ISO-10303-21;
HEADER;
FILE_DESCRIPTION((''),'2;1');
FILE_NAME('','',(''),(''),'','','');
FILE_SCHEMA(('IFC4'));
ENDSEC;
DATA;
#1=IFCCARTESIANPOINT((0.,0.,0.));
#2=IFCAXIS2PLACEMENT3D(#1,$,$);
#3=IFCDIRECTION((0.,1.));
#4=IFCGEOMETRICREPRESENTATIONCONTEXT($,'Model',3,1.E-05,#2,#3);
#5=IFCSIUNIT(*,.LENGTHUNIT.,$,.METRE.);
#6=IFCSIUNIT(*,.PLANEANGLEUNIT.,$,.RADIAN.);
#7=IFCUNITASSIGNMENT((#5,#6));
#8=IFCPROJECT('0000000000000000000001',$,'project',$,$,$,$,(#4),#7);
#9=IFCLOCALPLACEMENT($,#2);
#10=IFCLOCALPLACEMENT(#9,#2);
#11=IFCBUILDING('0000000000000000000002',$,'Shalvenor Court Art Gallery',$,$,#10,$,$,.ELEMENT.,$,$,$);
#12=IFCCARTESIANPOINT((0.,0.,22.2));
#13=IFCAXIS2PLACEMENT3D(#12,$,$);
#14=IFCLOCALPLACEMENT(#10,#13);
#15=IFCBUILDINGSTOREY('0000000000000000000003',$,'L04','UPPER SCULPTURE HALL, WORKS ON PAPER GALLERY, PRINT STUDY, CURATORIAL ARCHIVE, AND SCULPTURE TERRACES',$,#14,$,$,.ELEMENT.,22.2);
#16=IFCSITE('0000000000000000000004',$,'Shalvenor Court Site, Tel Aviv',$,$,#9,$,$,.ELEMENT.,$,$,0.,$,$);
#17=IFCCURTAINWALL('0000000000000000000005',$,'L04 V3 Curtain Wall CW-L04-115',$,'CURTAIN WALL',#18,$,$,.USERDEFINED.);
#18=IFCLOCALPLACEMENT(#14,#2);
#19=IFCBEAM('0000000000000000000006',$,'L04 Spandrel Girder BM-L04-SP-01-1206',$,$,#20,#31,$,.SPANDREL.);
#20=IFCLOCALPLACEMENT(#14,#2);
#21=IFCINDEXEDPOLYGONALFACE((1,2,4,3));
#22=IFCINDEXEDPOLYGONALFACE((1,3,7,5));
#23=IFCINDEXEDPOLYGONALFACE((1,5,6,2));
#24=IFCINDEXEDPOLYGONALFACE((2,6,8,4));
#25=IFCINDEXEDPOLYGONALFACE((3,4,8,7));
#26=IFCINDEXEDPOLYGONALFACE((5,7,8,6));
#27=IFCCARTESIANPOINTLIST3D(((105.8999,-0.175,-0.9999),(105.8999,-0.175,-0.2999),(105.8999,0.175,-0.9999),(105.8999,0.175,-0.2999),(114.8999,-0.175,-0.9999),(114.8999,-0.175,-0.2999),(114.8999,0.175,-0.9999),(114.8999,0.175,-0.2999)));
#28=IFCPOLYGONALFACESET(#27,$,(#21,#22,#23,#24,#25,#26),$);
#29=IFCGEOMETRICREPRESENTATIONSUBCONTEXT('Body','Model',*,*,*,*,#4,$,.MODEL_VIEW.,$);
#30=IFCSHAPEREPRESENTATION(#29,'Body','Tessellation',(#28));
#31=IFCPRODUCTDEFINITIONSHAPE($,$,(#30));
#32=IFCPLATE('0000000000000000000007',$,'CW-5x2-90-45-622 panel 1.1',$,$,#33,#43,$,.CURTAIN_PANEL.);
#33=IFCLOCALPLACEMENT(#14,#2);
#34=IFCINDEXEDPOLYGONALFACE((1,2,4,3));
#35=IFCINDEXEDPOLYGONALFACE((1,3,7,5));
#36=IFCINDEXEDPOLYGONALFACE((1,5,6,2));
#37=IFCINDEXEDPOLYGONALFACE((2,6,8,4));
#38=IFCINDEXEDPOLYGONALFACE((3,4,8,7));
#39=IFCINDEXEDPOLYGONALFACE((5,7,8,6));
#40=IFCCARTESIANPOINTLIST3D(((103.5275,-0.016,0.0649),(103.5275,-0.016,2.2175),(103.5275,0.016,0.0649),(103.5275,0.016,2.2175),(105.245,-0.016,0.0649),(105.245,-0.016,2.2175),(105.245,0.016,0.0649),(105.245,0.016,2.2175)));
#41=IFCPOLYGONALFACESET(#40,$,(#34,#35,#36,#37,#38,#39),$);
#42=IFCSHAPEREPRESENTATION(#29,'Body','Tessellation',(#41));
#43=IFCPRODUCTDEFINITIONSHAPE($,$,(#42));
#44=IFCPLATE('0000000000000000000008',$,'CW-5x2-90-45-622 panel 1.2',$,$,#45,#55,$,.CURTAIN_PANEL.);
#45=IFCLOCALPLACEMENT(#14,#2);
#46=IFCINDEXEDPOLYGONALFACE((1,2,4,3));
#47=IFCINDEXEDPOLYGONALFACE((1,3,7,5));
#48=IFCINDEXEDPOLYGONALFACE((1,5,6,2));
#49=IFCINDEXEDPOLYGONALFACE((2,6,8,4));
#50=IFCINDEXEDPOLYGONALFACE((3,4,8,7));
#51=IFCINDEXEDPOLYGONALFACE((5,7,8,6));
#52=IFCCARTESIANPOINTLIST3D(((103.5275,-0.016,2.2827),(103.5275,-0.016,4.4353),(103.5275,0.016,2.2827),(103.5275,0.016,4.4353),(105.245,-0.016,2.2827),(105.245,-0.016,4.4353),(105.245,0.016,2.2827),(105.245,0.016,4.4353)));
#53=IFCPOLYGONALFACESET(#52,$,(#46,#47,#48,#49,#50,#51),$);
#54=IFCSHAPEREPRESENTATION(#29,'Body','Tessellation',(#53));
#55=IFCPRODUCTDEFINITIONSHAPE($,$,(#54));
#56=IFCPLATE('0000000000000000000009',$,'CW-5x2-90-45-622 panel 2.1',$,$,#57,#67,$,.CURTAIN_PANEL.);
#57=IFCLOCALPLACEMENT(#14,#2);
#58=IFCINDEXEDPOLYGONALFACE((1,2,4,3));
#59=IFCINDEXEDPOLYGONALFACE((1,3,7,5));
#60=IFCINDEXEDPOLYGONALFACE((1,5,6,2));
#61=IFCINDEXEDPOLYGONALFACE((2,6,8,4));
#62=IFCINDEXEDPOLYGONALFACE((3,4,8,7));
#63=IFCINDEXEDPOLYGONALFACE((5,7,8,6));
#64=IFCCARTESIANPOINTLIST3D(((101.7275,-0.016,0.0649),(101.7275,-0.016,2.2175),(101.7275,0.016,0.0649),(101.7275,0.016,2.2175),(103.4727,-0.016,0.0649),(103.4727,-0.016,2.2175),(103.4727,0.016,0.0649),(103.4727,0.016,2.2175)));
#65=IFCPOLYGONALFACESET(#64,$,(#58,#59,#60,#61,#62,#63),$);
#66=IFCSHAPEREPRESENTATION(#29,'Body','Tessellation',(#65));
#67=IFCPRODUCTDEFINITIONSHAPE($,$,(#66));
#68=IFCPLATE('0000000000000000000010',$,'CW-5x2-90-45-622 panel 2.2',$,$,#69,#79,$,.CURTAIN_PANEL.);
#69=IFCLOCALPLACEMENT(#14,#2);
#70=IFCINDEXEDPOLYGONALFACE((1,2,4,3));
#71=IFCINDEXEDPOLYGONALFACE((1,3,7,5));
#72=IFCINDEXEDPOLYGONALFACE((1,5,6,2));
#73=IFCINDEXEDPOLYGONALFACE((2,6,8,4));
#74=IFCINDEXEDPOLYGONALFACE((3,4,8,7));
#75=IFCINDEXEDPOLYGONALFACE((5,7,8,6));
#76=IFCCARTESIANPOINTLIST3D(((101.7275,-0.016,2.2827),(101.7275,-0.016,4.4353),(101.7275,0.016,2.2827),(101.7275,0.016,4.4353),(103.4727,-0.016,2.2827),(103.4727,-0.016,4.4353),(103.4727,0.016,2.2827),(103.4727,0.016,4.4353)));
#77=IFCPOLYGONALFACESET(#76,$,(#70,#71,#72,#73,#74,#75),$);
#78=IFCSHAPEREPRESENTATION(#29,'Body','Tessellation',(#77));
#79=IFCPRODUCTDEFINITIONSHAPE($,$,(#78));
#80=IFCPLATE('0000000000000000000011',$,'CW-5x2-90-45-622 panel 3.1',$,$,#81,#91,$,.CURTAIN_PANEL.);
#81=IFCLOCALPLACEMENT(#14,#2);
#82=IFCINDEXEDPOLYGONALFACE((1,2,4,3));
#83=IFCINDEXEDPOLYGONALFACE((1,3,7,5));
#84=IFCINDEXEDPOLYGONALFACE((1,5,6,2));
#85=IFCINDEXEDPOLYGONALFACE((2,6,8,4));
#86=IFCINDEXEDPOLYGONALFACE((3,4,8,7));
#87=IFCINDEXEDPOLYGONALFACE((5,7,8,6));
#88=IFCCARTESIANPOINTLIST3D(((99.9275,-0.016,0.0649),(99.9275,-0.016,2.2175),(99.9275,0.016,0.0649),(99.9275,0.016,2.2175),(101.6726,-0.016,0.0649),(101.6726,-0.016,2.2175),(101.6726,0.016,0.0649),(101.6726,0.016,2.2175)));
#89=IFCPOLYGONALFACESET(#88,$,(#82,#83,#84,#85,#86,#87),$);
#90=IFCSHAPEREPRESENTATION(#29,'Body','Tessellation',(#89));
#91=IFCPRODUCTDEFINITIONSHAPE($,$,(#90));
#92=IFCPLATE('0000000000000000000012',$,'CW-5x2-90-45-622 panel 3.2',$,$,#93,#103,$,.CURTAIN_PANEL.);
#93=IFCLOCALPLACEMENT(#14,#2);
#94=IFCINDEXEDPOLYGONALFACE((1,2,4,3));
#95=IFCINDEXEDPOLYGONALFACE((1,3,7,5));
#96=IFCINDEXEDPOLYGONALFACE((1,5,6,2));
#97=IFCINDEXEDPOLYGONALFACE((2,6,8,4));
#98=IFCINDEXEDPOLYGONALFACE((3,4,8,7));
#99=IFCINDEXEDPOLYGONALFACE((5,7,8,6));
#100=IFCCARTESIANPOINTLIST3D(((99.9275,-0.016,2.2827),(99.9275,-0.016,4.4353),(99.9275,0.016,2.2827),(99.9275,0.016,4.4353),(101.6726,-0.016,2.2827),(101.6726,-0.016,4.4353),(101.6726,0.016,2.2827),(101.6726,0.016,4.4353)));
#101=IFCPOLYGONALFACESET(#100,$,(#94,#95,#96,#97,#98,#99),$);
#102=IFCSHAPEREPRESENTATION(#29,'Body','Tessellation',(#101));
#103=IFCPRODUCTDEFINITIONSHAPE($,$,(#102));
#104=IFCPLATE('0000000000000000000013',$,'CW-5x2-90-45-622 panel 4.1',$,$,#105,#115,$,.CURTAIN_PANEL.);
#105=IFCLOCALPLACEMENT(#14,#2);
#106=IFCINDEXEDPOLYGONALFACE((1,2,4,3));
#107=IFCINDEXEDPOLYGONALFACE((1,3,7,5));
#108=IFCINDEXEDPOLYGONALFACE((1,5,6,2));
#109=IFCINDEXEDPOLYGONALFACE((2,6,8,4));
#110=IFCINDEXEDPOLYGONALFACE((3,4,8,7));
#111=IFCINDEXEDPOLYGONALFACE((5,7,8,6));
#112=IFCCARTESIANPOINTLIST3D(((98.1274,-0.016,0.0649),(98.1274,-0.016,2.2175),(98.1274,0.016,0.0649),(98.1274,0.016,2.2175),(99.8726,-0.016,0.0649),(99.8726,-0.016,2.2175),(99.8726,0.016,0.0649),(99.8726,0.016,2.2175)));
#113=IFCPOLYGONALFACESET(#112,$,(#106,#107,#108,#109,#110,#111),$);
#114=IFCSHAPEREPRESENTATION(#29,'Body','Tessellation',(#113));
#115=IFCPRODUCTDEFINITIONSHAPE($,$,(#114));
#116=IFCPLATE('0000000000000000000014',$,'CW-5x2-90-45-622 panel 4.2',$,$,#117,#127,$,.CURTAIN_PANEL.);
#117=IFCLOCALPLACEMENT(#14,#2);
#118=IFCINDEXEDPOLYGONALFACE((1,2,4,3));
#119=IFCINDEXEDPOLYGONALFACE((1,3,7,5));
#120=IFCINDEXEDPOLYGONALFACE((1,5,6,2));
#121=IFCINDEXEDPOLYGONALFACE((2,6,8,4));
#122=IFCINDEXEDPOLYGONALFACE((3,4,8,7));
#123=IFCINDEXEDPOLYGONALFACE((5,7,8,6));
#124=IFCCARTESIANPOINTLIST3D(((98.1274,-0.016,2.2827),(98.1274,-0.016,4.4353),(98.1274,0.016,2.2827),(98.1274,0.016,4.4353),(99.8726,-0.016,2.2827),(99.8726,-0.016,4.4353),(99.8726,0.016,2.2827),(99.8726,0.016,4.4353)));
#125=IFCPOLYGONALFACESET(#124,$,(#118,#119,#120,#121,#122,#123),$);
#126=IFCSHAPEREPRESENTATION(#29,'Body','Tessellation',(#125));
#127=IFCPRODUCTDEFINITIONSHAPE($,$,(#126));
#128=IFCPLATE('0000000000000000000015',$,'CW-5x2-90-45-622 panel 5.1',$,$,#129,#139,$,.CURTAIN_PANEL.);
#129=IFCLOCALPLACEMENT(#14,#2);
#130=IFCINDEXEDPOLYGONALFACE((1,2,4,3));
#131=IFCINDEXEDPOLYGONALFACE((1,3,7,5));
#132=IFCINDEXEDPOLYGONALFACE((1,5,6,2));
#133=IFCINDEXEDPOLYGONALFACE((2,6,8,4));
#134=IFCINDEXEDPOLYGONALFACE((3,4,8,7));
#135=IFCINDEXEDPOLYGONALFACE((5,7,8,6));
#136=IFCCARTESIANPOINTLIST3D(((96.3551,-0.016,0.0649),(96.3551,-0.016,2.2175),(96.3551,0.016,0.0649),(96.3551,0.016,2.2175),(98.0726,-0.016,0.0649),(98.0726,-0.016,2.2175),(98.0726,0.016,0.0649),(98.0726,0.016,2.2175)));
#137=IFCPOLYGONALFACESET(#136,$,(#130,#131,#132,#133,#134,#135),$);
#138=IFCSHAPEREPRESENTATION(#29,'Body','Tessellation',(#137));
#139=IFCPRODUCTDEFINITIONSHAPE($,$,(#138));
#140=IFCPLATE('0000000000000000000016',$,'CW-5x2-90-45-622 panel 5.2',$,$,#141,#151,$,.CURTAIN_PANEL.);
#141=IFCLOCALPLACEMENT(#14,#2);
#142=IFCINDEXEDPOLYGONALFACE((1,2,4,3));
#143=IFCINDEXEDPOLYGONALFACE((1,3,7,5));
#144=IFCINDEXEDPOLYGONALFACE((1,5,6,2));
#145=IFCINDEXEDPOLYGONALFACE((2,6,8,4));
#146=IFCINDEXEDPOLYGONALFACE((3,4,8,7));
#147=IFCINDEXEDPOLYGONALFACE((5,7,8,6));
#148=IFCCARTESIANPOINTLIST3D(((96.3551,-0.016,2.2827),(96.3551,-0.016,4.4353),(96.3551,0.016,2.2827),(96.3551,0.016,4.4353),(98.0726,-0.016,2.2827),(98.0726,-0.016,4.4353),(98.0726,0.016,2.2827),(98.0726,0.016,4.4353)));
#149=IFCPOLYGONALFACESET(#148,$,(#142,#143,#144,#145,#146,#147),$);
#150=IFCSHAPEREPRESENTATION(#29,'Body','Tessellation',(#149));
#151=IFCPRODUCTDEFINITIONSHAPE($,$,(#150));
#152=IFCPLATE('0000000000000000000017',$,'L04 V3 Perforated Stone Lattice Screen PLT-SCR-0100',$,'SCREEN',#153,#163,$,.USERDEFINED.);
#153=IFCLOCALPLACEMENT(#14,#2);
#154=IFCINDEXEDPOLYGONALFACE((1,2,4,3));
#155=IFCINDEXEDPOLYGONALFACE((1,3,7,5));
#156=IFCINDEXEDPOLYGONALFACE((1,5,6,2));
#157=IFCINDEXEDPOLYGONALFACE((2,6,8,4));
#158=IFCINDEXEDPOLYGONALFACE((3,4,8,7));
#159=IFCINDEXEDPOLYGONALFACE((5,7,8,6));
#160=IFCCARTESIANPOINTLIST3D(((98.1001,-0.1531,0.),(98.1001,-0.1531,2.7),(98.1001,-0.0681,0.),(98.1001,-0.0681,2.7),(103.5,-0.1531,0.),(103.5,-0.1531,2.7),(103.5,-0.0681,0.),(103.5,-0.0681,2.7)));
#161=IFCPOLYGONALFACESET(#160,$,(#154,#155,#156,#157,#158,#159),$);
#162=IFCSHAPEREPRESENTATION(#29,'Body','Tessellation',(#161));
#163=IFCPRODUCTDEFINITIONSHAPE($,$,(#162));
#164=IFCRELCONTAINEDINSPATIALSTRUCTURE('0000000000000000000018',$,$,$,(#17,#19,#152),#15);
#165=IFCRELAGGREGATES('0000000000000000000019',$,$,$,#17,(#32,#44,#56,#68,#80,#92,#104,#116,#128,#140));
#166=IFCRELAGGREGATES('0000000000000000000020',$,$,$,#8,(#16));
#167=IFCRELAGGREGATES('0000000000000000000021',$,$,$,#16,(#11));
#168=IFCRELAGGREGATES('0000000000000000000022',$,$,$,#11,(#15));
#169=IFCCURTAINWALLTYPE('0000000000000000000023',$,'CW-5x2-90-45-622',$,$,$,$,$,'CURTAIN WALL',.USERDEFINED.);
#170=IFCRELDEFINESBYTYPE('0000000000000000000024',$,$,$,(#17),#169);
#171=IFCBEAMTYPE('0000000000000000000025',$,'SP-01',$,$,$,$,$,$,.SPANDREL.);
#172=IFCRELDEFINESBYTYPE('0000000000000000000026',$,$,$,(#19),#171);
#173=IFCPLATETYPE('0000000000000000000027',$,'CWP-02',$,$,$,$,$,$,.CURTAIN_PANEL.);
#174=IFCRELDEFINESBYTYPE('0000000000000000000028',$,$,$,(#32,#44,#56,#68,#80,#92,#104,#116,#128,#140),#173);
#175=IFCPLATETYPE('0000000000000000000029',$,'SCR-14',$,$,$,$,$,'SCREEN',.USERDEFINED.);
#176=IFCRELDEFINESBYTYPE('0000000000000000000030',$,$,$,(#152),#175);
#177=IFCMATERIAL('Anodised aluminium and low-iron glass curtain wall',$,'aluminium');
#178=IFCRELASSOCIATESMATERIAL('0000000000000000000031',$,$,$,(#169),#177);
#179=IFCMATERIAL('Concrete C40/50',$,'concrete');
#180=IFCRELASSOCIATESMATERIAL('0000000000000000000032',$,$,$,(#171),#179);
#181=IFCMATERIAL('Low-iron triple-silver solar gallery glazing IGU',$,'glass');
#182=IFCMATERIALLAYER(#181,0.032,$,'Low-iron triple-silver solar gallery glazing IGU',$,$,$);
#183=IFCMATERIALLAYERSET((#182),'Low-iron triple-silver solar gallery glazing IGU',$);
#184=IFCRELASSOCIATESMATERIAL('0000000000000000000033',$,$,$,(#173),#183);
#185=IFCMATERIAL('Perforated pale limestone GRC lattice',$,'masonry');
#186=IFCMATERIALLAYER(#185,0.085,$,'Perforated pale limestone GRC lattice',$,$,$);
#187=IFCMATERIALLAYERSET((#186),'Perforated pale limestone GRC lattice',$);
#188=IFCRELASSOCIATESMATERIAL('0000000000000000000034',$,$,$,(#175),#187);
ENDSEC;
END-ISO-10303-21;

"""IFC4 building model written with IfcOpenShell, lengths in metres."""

from ifc_helpers import new_model, si_unit, direction, frame, origin, origin_2d, place, context, subcontext, project, spatial, rectangle, extrude, material, layer, layer_set, material_profile, profile_set, type_object, element, aggregate, save


model = new_model("IFC4")

# Units and contexts
model_context = context("Model", 3, precision=1e-05, world=origin(), true_north=direction((0.0, 1.0)))
body_context = subcontext(model_context, "Body", "Model", "MODEL_VIEW")
ifc_project = project(units=[si_unit("LENGTHUNIT", "METRE"), si_unit("PLANEANGLEUNIT", "RADIAN")], contexts=[model_context])

# Site, building, storey
site_placement = place(None, origin())
site = spatial("IfcSite", under=ifc_project, at=site_placement, Name="Shalvenor Court Site, Tel Aviv", CompositionType="ELEMENT", RefElevation=0.0)
building_placement = place(site_placement, origin())
building = spatial("IfcBuilding", under=site, at=building_placement, Name="Shalvenor Court Art Gallery", CompositionType="ELEMENT")
storey_placement = place(building_placement, frame((0.0, 0.0, 22.2)))
storey = spatial("IfcBuildingStorey", under=building, at=storey_placement, Name="L04", Description="UPPER SCULPTURE HALL, WORKS ON PAPER GALLERY, PRINT STUDY, CURATORIAL ARCHIVE, AND SCULPTURE TERRACES", CompositionType="ELEMENT", Elevation=22.2)

# Curtain wall
ifc_material_1 = material(Name="Anodised aluminium and low-iron glass curtain wall", Category="aluminium")
curtain_wall_type = type_object("IfcCurtainWallType", Name="CW-5x2-90-45-622", ElementType="CURTAIN WALL", PredefinedType="USERDEFINED", material=ifc_material_1)
curtain_wall_placement = place(storey_placement, origin())
curtain_wall = element("IfcCurtainWall", 1, at=curtain_wall_placement, inside=storey, type_object=curtain_wall_type, Name="L04 V3 Curtain Wall CW-L04-115", ObjectType="CURTAIN WALL", PredefinedType="USERDEFINED")

# Beam
ifc_material_2 = material(Name="Concrete C40/50", Category="concrete")
ifc_material_profile_1 = material_profile(ifc_material_2, rectangle(XDim=0.3501, YDim=0.7, at=origin_2d()), Name="RC 350x700")
ifc_profile_set_1 = profile_set([ifc_material_profile_1], Name="Concrete C40/50")
beam_type_1 = type_object("IfcBeamType", Name="SP-01", PredefinedType="SPANDREL", material=ifc_profile_set_1)
for number, where, z_axis, x_axis, name in (
    (2, (105.8999, 0.0, -0.6499), (1.0, 0.0, 0.0), (0.0, 1.0, 0.0), "L04 Spandrel Girder BM-L04-SP-01-1206"),
):
    element("IfcBeam", number, at=place(storey_placement, frame(where, z_axis=z_axis, x_axis=x_axis)), inside=storey, type_object=beam_type_1, Name=name, PredefinedType="SPANDREL", context=body_context, shape_type="SweptSolid", body=[
        extrude(rectangle(XDim=0.3501, YDim=0.7, at=origin_2d()), origin(), (0.0, 0.0, 1.0), 9.0),
    ])

# Plates
ifc_material_3 = material(Name="Low-iron triple-silver solar gallery glazing IGU", Category="glass")
ifc_layer_1 = layer(ifc_material_3, 0.032, Name="Low-iron triple-silver solar gallery glazing IGU")
ifc_layer_set_1 = layer_set([ifc_layer_1], Name="Low-iron triple-silver solar gallery glazing IGU")
plate_type_1 = type_object("IfcPlateType", Name="CWP-02", PredefinedType="CURTAIN_PANEL", material=ifc_layer_set_1)
plate_1_placement = place(storey_placement, frame((104.3862, 0.0, 0.0649), z_axis=(0.0, 0.0, 1.0), x_axis=(-1.0, 0.0, 0.0)))
plate_1 = element("IfcPlate", 3, at=plate_1_placement, type_object=plate_type_1, Name="CW-5x2-90-45-622 panel 1.1", PredefinedType="CURTAIN_PANEL", context=body_context, shape_type="SweptSolid", body=[
    extrude(rectangle(XDim=1.7175, YDim=0.032, at=origin_2d()), origin(), (0.0, 0.0, 1.0), 2.1526),
])
plate_2_placement = place(storey_placement, frame((104.3862, 0.0, 2.2827), z_axis=(0.0, 0.0, 1.0), x_axis=(-1.0, 0.0, 0.0)))
plate_2 = element("IfcPlate", 4, at=plate_2_placement, type_object=plate_type_1, Name="CW-5x2-90-45-622 panel 1.2", PredefinedType="CURTAIN_PANEL", context=body_context, shape_type="SweptSolid", body=[
    extrude(rectangle(XDim=1.7175, YDim=0.032, at=origin_2d()), origin(), (0.0, 0.0, 1.0), 2.1526),
])
plate_3_placement = place(storey_placement, frame((102.6001, 0.0, 0.0649), z_axis=(0.0, 0.0, 1.0), x_axis=(-1.0, 0.0, 0.0)))
plate_3 = element("IfcPlate", 5, at=plate_3_placement, type_object=plate_type_1, Name="CW-5x2-90-45-622 panel 2.1", PredefinedType="CURTAIN_PANEL", context=body_context, shape_type="SweptSolid", body=[
    extrude(rectangle(XDim=1.7451, YDim=0.032, at=origin_2d()), origin(), (0.0, 0.0, 1.0), 2.1526),
])
plate_4_placement = place(storey_placement, frame((102.6001, 0.0, 2.2827), z_axis=(0.0, 0.0, 1.0), x_axis=(-1.0, 0.0, 0.0)))
plate_4 = element("IfcPlate", 6, at=plate_4_placement, type_object=plate_type_1, Name="CW-5x2-90-45-622 panel 2.2", PredefinedType="CURTAIN_PANEL", context=body_context, shape_type="SweptSolid", body=[
    extrude(rectangle(XDim=1.7451, YDim=0.032, at=origin_2d()), origin(), (0.0, 0.0, 1.0), 2.1526),
])
plate_5_placement = place(storey_placement, frame((100.8, 0.0, 0.0649), z_axis=(0.0, 0.0, 1.0), x_axis=(-1.0, 0.0, 0.0)))
plate_5 = element("IfcPlate", 7, at=plate_5_placement, type_object=plate_type_1, Name="CW-5x2-90-45-622 panel 3.1", PredefinedType="CURTAIN_PANEL", context=body_context, shape_type="SweptSolid", body=[
    extrude(rectangle(XDim=1.7451, YDim=0.032, at=origin_2d()), origin(), (0.0, 0.0, 1.0), 2.1526),
])
plate_6_placement = place(storey_placement, frame((100.8, 0.0, 2.2827), z_axis=(0.0, 0.0, 1.0), x_axis=(-1.0, 0.0, 0.0)))
plate_6 = element("IfcPlate", 8, at=plate_6_placement, type_object=plate_type_1, Name="CW-5x2-90-45-622 panel 3.2", PredefinedType="CURTAIN_PANEL", context=body_context, shape_type="SweptSolid", body=[
    extrude(rectangle(XDim=1.7451, YDim=0.032, at=origin_2d()), origin(), (0.0, 0.0, 1.0), 2.1526),
])
plate_7_placement = place(storey_placement, frame((99.0, 0.0, 0.0649), z_axis=(0.0, 0.0, 1.0), x_axis=(-1.0, 0.0, 0.0)))
plate_7 = element("IfcPlate", 9, at=plate_7_placement, type_object=plate_type_1, Name="CW-5x2-90-45-622 panel 4.1", PredefinedType="CURTAIN_PANEL", context=body_context, shape_type="SweptSolid", body=[
    extrude(rectangle(XDim=1.7451, YDim=0.032, at=origin_2d()), origin(), (0.0, 0.0, 1.0), 2.1526),
])
plate_8_placement = place(storey_placement, frame((99.0, 0.0, 2.2827), z_axis=(0.0, 0.0, 1.0), x_axis=(-1.0, 0.0, 0.0)))
plate_8 = element("IfcPlate", 10, at=plate_8_placement, type_object=plate_type_1, Name="CW-5x2-90-45-622 panel 4.2", PredefinedType="CURTAIN_PANEL", context=body_context, shape_type="SweptSolid", body=[
    extrude(rectangle(XDim=1.7451, YDim=0.032, at=origin_2d()), origin(), (0.0, 0.0, 1.0), 2.1526),
])
plate_9_placement = place(storey_placement, frame((97.2139, 0.0, 0.0649), z_axis=(0.0, 0.0, 1.0), x_axis=(-1.0, 0.0, 0.0)))
plate_9 = element("IfcPlate", 11, at=plate_9_placement, type_object=plate_type_1, Name="CW-5x2-90-45-622 panel 5.1", PredefinedType="CURTAIN_PANEL", context=body_context, shape_type="SweptSolid", body=[
    extrude(rectangle(XDim=1.7175, YDim=0.032, at=origin_2d()), origin(), (0.0, 0.0, 1.0), 2.1526),
])
plate_10_placement = place(storey_placement, frame((97.2139, 0.0, 2.2827), z_axis=(0.0, 0.0, 1.0), x_axis=(-1.0, 0.0, 0.0)))
plate_10 = element("IfcPlate", 12, at=plate_10_placement, type_object=plate_type_1, Name="CW-5x2-90-45-622 panel 5.2", PredefinedType="CURTAIN_PANEL", context=body_context, shape_type="SweptSolid", body=[
    extrude(rectangle(XDim=1.7175, YDim=0.032, at=origin_2d()), origin(), (0.0, 0.0, 1.0), 2.1526),
])
aggregate(curtain_wall, [plate_1, plate_2, plate_3, plate_4, plate_5, plate_6, plate_7, plate_8, plate_9, plate_10])
ifc_material_4 = material(Name="Perforated pale limestone GRC lattice", Category="masonry")
ifc_layer_2 = layer(ifc_material_4, 0.085, Name="Perforated pale limestone GRC lattice")
ifc_layer_set_2 = layer_set([ifc_layer_2], Name="Perforated pale limestone GRC lattice")
plate_type_2 = type_object("IfcPlateType", Name="SCR-14", ElementType="SCREEN", PredefinedType="USERDEFINED", material=ifc_layer_set_2)
plate_11_placement = place(storey_placement, frame((100.8, -0.1106, 0.0), z_axis=(0.0, 0.0, 1.0), x_axis=(-1.0, 0.0, 0.0)))
element("IfcPlate", 13, at=plate_11_placement, inside=storey, type_object=plate_type_2, Name="L04 V3 Perforated Stone Lattice Screen PLT-SCR-0100", ObjectType="SCREEN", PredefinedType="USERDEFINED", context=body_context, shape_type="SweptSolid", body=[
    extrude(rectangle(XDim=5.3999, YDim=0.085, at=origin_2d()), origin(), (0.0, 0.0, 1.0), 2.7),
])

save(model, "model.ifc")
